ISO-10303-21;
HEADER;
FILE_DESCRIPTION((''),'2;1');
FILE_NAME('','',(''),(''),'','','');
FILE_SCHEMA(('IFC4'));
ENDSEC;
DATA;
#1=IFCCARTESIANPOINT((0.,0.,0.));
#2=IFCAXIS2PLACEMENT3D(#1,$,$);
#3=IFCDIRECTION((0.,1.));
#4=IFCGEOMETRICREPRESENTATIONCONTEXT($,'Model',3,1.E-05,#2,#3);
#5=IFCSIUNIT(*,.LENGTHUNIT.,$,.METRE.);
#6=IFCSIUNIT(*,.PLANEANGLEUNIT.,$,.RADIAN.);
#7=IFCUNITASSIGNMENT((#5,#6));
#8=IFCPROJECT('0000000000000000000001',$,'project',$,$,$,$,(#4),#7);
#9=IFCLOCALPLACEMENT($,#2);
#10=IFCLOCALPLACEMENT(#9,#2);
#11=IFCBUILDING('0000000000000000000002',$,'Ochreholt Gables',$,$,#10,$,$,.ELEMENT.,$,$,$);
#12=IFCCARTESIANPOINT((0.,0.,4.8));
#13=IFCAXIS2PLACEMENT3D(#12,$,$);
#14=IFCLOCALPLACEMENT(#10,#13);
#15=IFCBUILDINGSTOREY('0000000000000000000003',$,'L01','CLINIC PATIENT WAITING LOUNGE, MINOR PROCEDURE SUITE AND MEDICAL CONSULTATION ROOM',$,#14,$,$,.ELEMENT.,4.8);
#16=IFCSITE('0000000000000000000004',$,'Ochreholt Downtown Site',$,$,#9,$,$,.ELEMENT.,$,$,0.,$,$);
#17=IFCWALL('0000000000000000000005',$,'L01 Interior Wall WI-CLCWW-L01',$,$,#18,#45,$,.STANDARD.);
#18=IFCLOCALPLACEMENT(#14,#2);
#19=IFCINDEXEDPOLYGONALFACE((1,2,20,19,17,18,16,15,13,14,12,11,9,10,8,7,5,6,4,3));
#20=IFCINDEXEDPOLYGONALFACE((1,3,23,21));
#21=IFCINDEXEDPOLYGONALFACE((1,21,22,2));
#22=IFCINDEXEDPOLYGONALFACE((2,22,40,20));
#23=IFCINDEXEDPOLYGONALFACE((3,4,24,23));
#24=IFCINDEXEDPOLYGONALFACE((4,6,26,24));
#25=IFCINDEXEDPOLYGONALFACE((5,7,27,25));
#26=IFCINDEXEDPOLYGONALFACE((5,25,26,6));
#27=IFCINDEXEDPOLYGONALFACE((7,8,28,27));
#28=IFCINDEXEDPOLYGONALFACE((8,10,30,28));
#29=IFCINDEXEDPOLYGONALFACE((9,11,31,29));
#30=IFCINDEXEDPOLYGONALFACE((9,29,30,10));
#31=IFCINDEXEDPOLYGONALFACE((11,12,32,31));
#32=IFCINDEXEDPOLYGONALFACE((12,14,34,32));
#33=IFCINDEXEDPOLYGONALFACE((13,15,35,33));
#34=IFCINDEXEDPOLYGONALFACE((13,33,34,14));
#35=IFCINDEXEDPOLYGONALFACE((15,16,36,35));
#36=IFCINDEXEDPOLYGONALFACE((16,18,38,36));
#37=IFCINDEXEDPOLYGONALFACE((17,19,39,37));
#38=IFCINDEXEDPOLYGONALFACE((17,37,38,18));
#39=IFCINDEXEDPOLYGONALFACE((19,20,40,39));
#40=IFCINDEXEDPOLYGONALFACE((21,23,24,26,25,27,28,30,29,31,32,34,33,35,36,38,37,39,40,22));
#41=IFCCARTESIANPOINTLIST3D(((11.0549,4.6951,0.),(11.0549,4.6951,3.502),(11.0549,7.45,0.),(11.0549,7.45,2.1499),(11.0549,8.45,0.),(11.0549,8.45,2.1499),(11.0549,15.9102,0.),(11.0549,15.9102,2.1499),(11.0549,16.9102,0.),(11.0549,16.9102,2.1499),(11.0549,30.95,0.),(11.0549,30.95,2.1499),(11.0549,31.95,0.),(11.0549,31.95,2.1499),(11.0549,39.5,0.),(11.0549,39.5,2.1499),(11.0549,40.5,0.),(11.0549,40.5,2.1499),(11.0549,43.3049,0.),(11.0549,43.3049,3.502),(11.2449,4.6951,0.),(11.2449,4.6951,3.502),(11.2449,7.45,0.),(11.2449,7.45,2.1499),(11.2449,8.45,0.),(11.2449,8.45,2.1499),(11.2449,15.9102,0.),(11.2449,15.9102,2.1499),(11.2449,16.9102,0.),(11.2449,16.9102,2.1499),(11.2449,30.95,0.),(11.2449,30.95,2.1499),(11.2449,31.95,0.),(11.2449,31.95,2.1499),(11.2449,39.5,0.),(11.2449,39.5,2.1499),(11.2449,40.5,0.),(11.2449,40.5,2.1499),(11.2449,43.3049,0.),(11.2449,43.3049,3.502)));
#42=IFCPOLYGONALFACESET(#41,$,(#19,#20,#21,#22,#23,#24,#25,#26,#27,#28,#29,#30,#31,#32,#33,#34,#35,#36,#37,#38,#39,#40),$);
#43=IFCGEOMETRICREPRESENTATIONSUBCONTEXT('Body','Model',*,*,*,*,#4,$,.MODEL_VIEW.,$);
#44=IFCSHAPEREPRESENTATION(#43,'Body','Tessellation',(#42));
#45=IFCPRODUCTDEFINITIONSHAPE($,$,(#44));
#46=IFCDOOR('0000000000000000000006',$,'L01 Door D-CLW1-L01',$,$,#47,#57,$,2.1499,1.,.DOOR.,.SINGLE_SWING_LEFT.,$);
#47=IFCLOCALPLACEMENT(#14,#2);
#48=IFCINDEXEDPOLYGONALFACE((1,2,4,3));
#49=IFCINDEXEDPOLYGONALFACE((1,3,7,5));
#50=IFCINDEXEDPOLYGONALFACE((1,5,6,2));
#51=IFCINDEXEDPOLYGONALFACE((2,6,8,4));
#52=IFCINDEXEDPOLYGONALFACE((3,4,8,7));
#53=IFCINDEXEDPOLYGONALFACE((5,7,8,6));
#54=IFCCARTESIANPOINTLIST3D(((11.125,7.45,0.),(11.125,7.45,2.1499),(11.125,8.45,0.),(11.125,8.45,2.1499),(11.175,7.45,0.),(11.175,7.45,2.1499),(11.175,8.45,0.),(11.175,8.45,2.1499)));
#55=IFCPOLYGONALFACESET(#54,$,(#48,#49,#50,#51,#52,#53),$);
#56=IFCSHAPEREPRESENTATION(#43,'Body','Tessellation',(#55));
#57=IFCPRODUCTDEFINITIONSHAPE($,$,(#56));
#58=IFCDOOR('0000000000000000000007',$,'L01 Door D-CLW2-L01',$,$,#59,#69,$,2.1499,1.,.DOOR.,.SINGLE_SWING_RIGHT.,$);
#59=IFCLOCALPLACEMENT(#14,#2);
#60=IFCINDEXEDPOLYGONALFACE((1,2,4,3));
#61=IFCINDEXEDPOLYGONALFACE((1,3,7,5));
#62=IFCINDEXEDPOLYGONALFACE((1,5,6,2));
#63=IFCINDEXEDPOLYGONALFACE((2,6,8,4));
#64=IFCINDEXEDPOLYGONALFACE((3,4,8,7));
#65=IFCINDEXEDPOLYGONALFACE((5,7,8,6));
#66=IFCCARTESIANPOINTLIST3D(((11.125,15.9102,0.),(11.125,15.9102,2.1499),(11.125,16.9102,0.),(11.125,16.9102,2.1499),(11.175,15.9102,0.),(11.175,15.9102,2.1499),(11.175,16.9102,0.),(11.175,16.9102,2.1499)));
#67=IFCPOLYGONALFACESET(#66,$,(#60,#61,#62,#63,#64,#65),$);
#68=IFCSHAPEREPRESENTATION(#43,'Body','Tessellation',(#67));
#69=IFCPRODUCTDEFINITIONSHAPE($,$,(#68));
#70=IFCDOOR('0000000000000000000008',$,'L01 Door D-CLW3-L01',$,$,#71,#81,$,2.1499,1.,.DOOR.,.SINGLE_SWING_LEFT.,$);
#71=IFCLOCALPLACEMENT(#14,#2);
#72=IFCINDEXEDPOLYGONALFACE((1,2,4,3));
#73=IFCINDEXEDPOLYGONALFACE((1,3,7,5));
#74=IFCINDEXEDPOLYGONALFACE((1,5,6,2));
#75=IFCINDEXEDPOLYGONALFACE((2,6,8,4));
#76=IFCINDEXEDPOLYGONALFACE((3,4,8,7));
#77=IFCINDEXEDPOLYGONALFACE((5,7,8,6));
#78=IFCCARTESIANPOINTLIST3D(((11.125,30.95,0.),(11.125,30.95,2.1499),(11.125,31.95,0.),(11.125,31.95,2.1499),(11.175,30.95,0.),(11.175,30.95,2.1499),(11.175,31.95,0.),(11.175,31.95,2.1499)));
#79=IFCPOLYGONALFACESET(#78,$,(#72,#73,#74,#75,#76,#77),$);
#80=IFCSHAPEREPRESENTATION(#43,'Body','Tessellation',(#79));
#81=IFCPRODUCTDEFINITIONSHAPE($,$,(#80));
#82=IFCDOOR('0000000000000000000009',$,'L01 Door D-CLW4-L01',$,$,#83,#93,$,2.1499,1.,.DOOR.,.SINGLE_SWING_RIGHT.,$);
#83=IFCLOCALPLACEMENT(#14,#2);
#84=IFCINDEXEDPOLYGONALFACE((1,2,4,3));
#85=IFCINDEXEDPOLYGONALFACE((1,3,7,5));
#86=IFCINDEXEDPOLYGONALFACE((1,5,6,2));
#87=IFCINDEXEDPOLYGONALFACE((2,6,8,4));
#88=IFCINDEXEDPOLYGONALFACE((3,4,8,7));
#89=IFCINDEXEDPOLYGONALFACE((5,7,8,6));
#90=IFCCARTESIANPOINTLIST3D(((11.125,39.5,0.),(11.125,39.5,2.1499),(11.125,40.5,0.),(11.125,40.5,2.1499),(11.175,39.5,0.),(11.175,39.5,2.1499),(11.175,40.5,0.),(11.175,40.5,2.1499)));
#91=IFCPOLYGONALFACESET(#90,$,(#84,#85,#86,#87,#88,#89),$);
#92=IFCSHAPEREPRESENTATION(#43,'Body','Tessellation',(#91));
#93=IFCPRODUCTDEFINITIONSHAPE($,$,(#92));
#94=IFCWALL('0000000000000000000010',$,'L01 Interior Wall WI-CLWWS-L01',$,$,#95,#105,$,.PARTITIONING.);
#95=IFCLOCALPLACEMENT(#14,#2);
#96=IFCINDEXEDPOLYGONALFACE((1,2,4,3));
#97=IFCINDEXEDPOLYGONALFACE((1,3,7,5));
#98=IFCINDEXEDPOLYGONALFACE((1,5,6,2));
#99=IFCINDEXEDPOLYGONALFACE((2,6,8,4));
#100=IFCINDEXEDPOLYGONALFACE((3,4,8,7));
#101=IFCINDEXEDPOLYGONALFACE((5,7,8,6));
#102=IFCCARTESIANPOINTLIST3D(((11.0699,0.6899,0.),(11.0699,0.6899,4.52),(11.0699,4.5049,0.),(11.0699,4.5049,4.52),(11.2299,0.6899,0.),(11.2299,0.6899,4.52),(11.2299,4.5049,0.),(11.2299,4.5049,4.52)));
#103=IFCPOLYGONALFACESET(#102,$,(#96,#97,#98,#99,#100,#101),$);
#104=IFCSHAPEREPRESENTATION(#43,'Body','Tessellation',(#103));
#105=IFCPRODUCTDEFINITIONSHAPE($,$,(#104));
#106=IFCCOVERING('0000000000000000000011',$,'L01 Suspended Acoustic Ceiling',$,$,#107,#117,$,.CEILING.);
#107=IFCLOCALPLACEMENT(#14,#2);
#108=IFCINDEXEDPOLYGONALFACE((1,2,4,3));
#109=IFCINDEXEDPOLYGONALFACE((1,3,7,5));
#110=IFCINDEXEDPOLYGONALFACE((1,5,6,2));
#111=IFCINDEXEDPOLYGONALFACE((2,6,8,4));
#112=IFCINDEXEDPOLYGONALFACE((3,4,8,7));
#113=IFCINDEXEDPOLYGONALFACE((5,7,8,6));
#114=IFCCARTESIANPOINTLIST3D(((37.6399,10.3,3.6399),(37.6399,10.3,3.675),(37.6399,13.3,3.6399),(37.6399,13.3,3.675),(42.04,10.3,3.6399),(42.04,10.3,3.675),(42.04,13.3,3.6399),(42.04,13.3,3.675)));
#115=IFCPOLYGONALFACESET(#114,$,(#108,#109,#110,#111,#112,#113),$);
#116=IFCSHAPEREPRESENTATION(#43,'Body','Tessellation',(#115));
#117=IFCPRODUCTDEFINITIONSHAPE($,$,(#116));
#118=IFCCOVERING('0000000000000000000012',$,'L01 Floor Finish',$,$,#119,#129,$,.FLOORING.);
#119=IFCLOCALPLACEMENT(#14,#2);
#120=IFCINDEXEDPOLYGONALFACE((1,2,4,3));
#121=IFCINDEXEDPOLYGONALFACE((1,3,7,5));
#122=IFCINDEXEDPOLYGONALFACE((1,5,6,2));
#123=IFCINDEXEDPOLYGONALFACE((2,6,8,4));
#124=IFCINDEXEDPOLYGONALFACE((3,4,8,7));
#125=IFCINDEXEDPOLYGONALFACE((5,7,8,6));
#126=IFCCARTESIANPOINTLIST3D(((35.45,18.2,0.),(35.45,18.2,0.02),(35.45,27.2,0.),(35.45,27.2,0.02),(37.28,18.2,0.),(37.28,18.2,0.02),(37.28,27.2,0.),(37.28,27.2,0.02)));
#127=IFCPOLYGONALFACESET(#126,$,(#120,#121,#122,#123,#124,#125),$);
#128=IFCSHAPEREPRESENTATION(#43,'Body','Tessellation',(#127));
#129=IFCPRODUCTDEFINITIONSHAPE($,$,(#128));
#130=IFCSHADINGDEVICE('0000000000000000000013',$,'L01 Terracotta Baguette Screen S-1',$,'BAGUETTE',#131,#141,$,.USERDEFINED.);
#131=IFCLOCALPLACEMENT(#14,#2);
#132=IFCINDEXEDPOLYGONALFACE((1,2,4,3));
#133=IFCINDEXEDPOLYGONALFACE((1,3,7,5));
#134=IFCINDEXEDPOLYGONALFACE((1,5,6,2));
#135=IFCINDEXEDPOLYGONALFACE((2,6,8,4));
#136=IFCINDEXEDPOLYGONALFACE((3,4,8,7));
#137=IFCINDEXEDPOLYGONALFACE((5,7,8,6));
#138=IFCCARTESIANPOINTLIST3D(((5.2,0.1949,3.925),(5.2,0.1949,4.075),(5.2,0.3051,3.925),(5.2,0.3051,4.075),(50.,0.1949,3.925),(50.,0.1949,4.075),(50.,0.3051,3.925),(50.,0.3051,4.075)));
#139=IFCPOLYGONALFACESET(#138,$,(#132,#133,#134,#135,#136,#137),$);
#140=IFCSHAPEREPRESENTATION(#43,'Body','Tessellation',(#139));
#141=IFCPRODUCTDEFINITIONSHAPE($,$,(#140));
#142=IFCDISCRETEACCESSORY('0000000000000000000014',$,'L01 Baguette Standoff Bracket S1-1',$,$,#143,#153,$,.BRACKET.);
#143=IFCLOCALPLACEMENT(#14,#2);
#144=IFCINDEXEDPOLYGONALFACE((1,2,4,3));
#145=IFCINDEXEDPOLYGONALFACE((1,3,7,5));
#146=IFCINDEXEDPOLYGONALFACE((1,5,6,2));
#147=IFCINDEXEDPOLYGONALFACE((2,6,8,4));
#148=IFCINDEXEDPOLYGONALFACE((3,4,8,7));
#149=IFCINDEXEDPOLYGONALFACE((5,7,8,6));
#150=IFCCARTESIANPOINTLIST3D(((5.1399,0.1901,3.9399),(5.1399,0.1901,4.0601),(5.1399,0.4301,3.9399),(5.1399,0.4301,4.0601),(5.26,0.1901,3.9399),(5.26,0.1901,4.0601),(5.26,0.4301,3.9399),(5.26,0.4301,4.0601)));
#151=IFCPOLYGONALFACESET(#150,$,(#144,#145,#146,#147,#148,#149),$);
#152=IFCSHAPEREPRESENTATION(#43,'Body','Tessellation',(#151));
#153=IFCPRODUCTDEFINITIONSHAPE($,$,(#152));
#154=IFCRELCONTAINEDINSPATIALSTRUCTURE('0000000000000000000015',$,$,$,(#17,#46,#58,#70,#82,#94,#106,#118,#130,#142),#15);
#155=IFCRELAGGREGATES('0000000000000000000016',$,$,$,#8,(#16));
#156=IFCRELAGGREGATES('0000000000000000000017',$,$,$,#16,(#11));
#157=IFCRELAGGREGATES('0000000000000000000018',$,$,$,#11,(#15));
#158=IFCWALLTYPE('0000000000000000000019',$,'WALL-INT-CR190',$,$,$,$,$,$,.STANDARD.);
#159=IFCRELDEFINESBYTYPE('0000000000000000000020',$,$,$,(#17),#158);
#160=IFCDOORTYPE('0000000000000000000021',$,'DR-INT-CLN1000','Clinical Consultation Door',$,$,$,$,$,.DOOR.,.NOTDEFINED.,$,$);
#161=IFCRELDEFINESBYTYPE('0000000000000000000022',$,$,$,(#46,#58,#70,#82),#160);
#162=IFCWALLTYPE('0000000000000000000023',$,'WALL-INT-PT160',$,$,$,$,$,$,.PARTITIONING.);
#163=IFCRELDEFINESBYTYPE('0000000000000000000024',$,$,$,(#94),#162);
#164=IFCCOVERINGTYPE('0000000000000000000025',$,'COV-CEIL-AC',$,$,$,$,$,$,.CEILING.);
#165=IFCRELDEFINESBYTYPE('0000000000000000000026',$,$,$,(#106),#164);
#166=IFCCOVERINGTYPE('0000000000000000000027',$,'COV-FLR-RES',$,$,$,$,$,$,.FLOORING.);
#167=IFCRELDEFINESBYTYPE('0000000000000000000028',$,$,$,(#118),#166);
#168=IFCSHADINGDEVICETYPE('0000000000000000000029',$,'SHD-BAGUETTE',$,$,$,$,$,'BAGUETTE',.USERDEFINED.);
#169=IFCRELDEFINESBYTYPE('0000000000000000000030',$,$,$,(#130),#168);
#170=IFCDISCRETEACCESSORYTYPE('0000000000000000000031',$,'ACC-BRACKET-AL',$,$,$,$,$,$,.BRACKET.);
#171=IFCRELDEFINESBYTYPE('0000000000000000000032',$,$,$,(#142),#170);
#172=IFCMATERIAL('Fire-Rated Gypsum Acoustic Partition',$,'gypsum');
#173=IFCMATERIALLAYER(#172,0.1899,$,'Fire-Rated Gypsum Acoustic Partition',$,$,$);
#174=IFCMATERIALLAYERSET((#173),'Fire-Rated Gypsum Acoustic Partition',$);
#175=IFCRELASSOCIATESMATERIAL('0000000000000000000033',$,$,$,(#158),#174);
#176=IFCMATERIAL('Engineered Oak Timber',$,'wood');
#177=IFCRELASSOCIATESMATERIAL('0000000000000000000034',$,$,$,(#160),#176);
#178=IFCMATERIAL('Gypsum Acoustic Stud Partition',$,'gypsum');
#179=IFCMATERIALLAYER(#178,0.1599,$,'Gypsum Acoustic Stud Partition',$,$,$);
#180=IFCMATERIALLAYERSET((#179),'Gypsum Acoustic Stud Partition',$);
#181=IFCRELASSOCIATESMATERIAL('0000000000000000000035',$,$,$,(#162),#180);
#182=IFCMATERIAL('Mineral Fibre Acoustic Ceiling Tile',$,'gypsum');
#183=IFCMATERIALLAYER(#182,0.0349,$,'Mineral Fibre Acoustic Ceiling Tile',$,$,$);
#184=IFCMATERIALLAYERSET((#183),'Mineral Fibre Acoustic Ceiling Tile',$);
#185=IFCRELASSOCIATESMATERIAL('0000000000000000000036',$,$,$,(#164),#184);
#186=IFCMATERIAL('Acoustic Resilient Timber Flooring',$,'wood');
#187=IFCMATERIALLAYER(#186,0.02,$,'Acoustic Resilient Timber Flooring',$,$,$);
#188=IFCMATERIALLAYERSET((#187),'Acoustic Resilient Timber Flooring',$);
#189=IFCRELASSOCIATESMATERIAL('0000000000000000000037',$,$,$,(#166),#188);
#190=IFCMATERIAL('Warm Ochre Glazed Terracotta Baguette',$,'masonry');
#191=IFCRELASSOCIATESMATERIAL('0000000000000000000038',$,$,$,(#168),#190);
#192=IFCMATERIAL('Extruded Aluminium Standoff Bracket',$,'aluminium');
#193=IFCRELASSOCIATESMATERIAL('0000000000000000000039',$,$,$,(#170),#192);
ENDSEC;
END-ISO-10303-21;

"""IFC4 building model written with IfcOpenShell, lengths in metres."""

from ifc_helpers import new_model, si_unit, direction, frame, frame_2d, origin, origin_2d, place, context, subcontext, project, spatial, polyline, rectangle, outline, extrude, material, layer, layer_set, material_profile, profile_set, type_object, element, fill, save


model = new_model("IFC4")

# Units and contexts
model_context = context("Model", 3, precision=1e-05, world=origin(), true_north=direction((0.0, 1.0)))
body_context = subcontext(model_context, "Body", "Model", "MODEL_VIEW")
ifc_project = project(units=[si_unit("LENGTHUNIT", "METRE"), si_unit("PLANEANGLEUNIT", "RADIAN")], contexts=[model_context])

# Site, building, storey
site_placement = place(None, origin())
site = spatial("IfcSite", under=ifc_project, at=site_placement, Name="Ochreholt Downtown Site", CompositionType="ELEMENT", RefElevation=0.0)
building_placement = place(site_placement, origin())
building = spatial("IfcBuilding", under=site, at=building_placement, Name="Ochreholt Gables", CompositionType="ELEMENT")
storey_placement = place(building_placement, frame((0.0, 0.0, 4.8)))
storey = spatial("IfcBuildingStorey", under=building, at=storey_placement, Name="L01", Description="CLINIC PATIENT WAITING LOUNGE, MINOR PROCEDURE SUITE AND MEDICAL CONSULTATION ROOM", CompositionType="ELEMENT", Elevation=4.8)

# Shared definitions
ifc_material_1 = material(Name="Fire-Rated Gypsum Acoustic Partition", Category="gypsum")
ifc_layer_1 = layer(ifc_material_1, 0.1899, Name="Fire-Rated Gypsum Acoustic Partition")
ifc_layer_set_1 = layer_set([ifc_layer_1], Name="Fire-Rated Gypsum Acoustic Partition")
wall_type_1 = type_object("IfcWallType", Name="WALL-INT-CR190", PredefinedType="STANDARD", material=ifc_layer_set_1)

# Wall, openings, doors
wall_1_placement = place(storey_placement, frame((11.1499, 4.6951, 0.0), z_axis=(0.0, 0.0, 1.0), x_axis=(0.0, 1.0, 0.0)))
wall_1 = element("IfcWall", 1, at=wall_1_placement, inside=storey, type_object=wall_type_1, Name="L01 Interior Wall WI-CLCWW-L01", PredefinedType="STANDARD", context=body_context, shape_type="SweptSolid", body=[
    extrude(rectangle(XDim=38.6099, YDim=0.1899, at=frame_2d((19.3049, 0.0))), origin(), (0.0, 0.0, 1.0), 3.502),
])
opening_1_placement = place(wall_1_placement, frame((2.7549, 0.0, 0.0)))
opening_1 = element("IfcOpeningElement", 2, at=opening_1_placement, cuts=wall_1, PredefinedType="OPENING", context=body_context, shape_type="SweptSolid", body=[
    extrude(rectangle(XDim=1.0, YDim=2.1499, at=frame_2d((0.5, 1.075))), frame((0.0, 0.105, 0.0), z_axis=(0.0, -1.0, 0.0), x_axis=(1.0, 0.0, 0.0)), (0.0, 0.0, 1.0), 0.21),
])
opening_2_placement = place(wall_1_placement, frame((11.2151, 0.0, 0.0)))
opening_2 = element("IfcOpeningElement", 3, at=opening_2_placement, cuts=wall_1, PredefinedType="OPENING", context=body_context, shape_type="SweptSolid", body=[
    extrude(rectangle(XDim=1.0, YDim=2.1499, at=frame_2d((0.5, 1.075))), frame((0.0, 0.105, 0.0), z_axis=(0.0, -1.0, 0.0), x_axis=(1.0, 0.0, 0.0)), (0.0, 0.0, 1.0), 0.21),
])
opening_3_placement = place(wall_1_placement, frame((26.2549, 0.0, 0.0)))
opening_3 = element("IfcOpeningElement", 4, at=opening_3_placement, cuts=wall_1, PredefinedType="OPENING", context=body_context, shape_type="SweptSolid", body=[
    extrude(rectangle(XDim=1.0, YDim=2.1499, at=frame_2d((0.5, 1.075))), frame((0.0, 0.105, 0.0), z_axis=(0.0, -1.0, 0.0), x_axis=(1.0, 0.0, 0.0)), (0.0, 0.0, 1.0), 0.21),
])
opening_4_placement = place(wall_1_placement, frame((34.8049, 0.0, 0.0)))
opening_4 = element("IfcOpeningElement", 5, at=opening_4_placement, cuts=wall_1, PredefinedType="OPENING", context=body_context, shape_type="SweptSolid", body=[
    extrude(rectangle(XDim=1.0, YDim=2.1499, at=frame_2d((0.5, 1.075))), frame((0.0, 0.105, 0.0), z_axis=(0.0, -1.0, 0.0), x_axis=(1.0, 0.0, 0.0)), (0.0, 0.0, 1.0), 0.21),
])
ifc_material_2 = material(Name="Engineered Oak Timber", Category="wood")
door_type = type_object("IfcDoorType", Name="DR-INT-CLN1000", Description="Clinical Consultation Door", OperationType="NOTDEFINED", PredefinedType="DOOR", material=ifc_material_2)
door_1_placement = place(opening_1_placement, origin())
door_1 = element("IfcDoor", 6, at=door_1_placement, inside=storey, type_object=door_type, Name="L01 Door D-CLW1-L01", OperationType="SINGLE_SWING_LEFT", OverallHeight=2.1499, OverallWidth=1.0, PredefinedType="DOOR", context=body_context, shape_type="SweptSolid", body=[
    extrude(rectangle(XDim=1.0, YDim=2.1499, at=frame_2d((0.5, 1.075))), frame((0.0, 0.0249, 0.0), z_axis=(0.0, -1.0, 0.0), x_axis=(1.0, 0.0, 0.0)), (0.0, 0.0, 1.0), 0.05),
])
fill(opening_1, door_1)
door_2_placement = place(opening_2_placement, origin())
door_2 = element("IfcDoor", 7, at=door_2_placement, inside=storey, type_object=door_type, Name="L01 Door D-CLW2-L01", OperationType="SINGLE_SWING_RIGHT", OverallHeight=2.1499, OverallWidth=1.0, PredefinedType="DOOR", context=body_context, shape_type="SweptSolid", body=[
    extrude(rectangle(XDim=1.0, YDim=2.1499, at=frame_2d((0.5, 1.075))), frame((0.0, 0.0249, 0.0), z_axis=(0.0, -1.0, 0.0), x_axis=(1.0, 0.0, 0.0)), (0.0, 0.0, 1.0), 0.05),
])
fill(opening_2, door_2)
door_3_placement = place(opening_3_placement, origin())
door_3 = element("IfcDoor", 8, at=door_3_placement, inside=storey, type_object=door_type, Name="L01 Door D-CLW3-L01", OperationType="SINGLE_SWING_LEFT", OverallHeight=2.1499, OverallWidth=1.0, PredefinedType="DOOR", context=body_context, shape_type="SweptSolid", body=[
    extrude(rectangle(XDim=1.0, YDim=2.1499, at=frame_2d((0.5, 1.075))), frame((0.0, 0.0249, 0.0), z_axis=(0.0, -1.0, 0.0), x_axis=(1.0, 0.0, 0.0)), (0.0, 0.0, 1.0), 0.05),
])
fill(opening_3, door_3)
door_4_placement = place(opening_4_placement, origin())
door_4 = element("IfcDoor", 9, at=door_4_placement, inside=storey, type_object=door_type, Name="L01 Door D-CLW4-L01", OperationType="SINGLE_SWING_RIGHT", OverallHeight=2.1499, OverallWidth=1.0, PredefinedType="DOOR", context=body_context, shape_type="SweptSolid", body=[
    extrude(rectangle(XDim=1.0, YDim=2.1499, at=frame_2d((0.5, 1.075))), frame((0.0, 0.0249, 0.0), z_axis=(0.0, -1.0, 0.0), x_axis=(1.0, 0.0, 0.0)), (0.0, 0.0, 1.0), 0.05),
])
fill(opening_4, door_4)

# Wall
ifc_material_3 = material(Name="Gypsum Acoustic Stud Partition", Category="gypsum")
ifc_layer_2 = layer(ifc_material_3, 0.1599, Name="Gypsum Acoustic Stud Partition")
ifc_layer_set_2 = layer_set([ifc_layer_2], Name="Gypsum Acoustic Stud Partition")
wall_type_2 = type_object("IfcWallType", Name="WALL-INT-PT160", PredefinedType="PARTITIONING", material=ifc_layer_set_2)
wall_2_placement = place(storey_placement, frame((11.1499, 0.6899, 0.0), z_axis=(0.0, 0.0, 1.0), x_axis=(0.0, 1.0, 0.0)))
element("IfcWall", 10, at=wall_2_placement, inside=storey, type_object=wall_type_2, Name="L01 Interior Wall WI-CLWWS-L01", PredefinedType="PARTITIONING", context=body_context, shape_type="SweptSolid", body=[
    extrude(rectangle(XDim=3.8149, YDim=0.1599, at=frame_2d((1.9075, 0.0))), origin(), (0.0, 0.0, 1.0), 4.52),
])

# Coverings
ifc_material_4 = material(Name="Mineral Fibre Acoustic Ceiling Tile", Category="gypsum")
ifc_layer_3 = layer(ifc_material_4, 0.0349, Name="Mineral Fibre Acoustic Ceiling Tile")
ifc_layer_set_3 = layer_set([ifc_layer_3], Name="Mineral Fibre Acoustic Ceiling Tile")
covering_type_1 = type_object("IfcCoveringType", Name="COV-CEIL-AC", PredefinedType="CEILING", material=ifc_layer_set_3)
covering_1_placement = place(storey_placement, frame((0.0, 0.0, 3.6399)))
element("IfcCovering", 11, at=covering_1_placement, inside=storey, type_object=covering_type_1, Name="L01 Suspended Acoustic Ceiling", PredefinedType="CEILING", context=body_context, shape_type="SweptSolid", body=[
    extrude(outline(polyline([(37.6399, 10.3), (42.04, 10.3), (42.04, 13.3), (37.6399, 13.3), (37.6399, 10.3)])), origin(), (0.0, 0.0, 1.0), 0.0352),
])
ifc_material_5 = material(Name="Acoustic Resilient Timber Flooring", Category="wood")
ifc_layer_4 = layer(ifc_material_5, 0.02, Name="Acoustic Resilient Timber Flooring")
ifc_layer_set_4 = layer_set([ifc_layer_4], Name="Acoustic Resilient Timber Flooring")
covering_type_2 = type_object("IfcCoveringType", Name="COV-FLR-RES", PredefinedType="FLOORING", material=ifc_layer_set_4)
covering_2_placement = place(storey_placement, origin())
element("IfcCovering", 12, at=covering_2_placement, inside=storey, type_object=covering_type_2, Name="L01 Floor Finish", PredefinedType="FLOORING", context=body_context, shape_type="SweptSolid", body=[
    extrude(outline(polyline([(35.45, 18.2), (37.28, 18.2), (37.28, 27.2), (35.45, 27.2), (35.45, 18.2)])), origin(), (0.0, 0.0, 1.0), 0.02),
])

# Shading device
ifc_material_6 = material(Name="Warm Ochre Glazed Terracotta Baguette", Category="masonry")
ifc_material_profile_1 = material_profile(ifc_material_6, rectangle(XDim=0.1101, YDim=0.1499, at=origin_2d()), Name="TCBAG110X150")
ifc_profile_set_1 = profile_set([ifc_material_profile_1], Name="Warm Ochre Glazed Terracotta Baguette")
shading_device_type = type_object("IfcShadingDeviceType", Name="SHD-BAGUETTE", ElementType="BAGUETTE", PredefinedType="USERDEFINED", material=ifc_profile_set_1)
shading_device_placement = place(storey_placement, frame((5.2, 0.25, 4.0), z_axis=(1.0, 0.0, 0.0), x_axis=(0.0, 1.0, 0.0)))
element("IfcShadingDevice", 13, at=shading_device_placement, inside=storey, type_object=shading_device_type, Name="L01 Terracotta Baguette Screen S-1", ObjectType="BAGUETTE", PredefinedType="USERDEFINED", context=body_context, shape_type="SweptSolid", body=[
    extrude(rectangle(XDim=0.1101, YDim=0.1499, at=origin_2d()), origin(), (0.0, 0.0, 1.0), 44.8),
])

# Discrete accessory
ifc_material_7 = material(Name="Extruded Aluminium Standoff Bracket", Category="aluminium")
discrete_accessory_type = type_object("IfcDiscreteAccessoryType", Name="ACC-BRACKET-AL", PredefinedType="BRACKET", material=ifc_material_7)
discrete_accessory_placement = place(storey_placement, frame((5.2, 0.3101, 3.9399), z_axis=(0.0, 0.0, 1.0), x_axis=(1.0, 0.0, 0.0)))
element("IfcDiscreteAccessory", 14, at=discrete_accessory_placement, inside=storey, type_object=discrete_accessory_type, Name="L01 Baguette Standoff Bracket S1-1", PredefinedType="BRACKET", context=body_context, shape_type="SweptSolid", body=[
    extrude(rectangle(XDim=0.1201, YDim=0.24, at=origin_2d()), origin(), (0.0, 0.0, 1.0), 0.1201),
])

save(model, "model.ifc")
